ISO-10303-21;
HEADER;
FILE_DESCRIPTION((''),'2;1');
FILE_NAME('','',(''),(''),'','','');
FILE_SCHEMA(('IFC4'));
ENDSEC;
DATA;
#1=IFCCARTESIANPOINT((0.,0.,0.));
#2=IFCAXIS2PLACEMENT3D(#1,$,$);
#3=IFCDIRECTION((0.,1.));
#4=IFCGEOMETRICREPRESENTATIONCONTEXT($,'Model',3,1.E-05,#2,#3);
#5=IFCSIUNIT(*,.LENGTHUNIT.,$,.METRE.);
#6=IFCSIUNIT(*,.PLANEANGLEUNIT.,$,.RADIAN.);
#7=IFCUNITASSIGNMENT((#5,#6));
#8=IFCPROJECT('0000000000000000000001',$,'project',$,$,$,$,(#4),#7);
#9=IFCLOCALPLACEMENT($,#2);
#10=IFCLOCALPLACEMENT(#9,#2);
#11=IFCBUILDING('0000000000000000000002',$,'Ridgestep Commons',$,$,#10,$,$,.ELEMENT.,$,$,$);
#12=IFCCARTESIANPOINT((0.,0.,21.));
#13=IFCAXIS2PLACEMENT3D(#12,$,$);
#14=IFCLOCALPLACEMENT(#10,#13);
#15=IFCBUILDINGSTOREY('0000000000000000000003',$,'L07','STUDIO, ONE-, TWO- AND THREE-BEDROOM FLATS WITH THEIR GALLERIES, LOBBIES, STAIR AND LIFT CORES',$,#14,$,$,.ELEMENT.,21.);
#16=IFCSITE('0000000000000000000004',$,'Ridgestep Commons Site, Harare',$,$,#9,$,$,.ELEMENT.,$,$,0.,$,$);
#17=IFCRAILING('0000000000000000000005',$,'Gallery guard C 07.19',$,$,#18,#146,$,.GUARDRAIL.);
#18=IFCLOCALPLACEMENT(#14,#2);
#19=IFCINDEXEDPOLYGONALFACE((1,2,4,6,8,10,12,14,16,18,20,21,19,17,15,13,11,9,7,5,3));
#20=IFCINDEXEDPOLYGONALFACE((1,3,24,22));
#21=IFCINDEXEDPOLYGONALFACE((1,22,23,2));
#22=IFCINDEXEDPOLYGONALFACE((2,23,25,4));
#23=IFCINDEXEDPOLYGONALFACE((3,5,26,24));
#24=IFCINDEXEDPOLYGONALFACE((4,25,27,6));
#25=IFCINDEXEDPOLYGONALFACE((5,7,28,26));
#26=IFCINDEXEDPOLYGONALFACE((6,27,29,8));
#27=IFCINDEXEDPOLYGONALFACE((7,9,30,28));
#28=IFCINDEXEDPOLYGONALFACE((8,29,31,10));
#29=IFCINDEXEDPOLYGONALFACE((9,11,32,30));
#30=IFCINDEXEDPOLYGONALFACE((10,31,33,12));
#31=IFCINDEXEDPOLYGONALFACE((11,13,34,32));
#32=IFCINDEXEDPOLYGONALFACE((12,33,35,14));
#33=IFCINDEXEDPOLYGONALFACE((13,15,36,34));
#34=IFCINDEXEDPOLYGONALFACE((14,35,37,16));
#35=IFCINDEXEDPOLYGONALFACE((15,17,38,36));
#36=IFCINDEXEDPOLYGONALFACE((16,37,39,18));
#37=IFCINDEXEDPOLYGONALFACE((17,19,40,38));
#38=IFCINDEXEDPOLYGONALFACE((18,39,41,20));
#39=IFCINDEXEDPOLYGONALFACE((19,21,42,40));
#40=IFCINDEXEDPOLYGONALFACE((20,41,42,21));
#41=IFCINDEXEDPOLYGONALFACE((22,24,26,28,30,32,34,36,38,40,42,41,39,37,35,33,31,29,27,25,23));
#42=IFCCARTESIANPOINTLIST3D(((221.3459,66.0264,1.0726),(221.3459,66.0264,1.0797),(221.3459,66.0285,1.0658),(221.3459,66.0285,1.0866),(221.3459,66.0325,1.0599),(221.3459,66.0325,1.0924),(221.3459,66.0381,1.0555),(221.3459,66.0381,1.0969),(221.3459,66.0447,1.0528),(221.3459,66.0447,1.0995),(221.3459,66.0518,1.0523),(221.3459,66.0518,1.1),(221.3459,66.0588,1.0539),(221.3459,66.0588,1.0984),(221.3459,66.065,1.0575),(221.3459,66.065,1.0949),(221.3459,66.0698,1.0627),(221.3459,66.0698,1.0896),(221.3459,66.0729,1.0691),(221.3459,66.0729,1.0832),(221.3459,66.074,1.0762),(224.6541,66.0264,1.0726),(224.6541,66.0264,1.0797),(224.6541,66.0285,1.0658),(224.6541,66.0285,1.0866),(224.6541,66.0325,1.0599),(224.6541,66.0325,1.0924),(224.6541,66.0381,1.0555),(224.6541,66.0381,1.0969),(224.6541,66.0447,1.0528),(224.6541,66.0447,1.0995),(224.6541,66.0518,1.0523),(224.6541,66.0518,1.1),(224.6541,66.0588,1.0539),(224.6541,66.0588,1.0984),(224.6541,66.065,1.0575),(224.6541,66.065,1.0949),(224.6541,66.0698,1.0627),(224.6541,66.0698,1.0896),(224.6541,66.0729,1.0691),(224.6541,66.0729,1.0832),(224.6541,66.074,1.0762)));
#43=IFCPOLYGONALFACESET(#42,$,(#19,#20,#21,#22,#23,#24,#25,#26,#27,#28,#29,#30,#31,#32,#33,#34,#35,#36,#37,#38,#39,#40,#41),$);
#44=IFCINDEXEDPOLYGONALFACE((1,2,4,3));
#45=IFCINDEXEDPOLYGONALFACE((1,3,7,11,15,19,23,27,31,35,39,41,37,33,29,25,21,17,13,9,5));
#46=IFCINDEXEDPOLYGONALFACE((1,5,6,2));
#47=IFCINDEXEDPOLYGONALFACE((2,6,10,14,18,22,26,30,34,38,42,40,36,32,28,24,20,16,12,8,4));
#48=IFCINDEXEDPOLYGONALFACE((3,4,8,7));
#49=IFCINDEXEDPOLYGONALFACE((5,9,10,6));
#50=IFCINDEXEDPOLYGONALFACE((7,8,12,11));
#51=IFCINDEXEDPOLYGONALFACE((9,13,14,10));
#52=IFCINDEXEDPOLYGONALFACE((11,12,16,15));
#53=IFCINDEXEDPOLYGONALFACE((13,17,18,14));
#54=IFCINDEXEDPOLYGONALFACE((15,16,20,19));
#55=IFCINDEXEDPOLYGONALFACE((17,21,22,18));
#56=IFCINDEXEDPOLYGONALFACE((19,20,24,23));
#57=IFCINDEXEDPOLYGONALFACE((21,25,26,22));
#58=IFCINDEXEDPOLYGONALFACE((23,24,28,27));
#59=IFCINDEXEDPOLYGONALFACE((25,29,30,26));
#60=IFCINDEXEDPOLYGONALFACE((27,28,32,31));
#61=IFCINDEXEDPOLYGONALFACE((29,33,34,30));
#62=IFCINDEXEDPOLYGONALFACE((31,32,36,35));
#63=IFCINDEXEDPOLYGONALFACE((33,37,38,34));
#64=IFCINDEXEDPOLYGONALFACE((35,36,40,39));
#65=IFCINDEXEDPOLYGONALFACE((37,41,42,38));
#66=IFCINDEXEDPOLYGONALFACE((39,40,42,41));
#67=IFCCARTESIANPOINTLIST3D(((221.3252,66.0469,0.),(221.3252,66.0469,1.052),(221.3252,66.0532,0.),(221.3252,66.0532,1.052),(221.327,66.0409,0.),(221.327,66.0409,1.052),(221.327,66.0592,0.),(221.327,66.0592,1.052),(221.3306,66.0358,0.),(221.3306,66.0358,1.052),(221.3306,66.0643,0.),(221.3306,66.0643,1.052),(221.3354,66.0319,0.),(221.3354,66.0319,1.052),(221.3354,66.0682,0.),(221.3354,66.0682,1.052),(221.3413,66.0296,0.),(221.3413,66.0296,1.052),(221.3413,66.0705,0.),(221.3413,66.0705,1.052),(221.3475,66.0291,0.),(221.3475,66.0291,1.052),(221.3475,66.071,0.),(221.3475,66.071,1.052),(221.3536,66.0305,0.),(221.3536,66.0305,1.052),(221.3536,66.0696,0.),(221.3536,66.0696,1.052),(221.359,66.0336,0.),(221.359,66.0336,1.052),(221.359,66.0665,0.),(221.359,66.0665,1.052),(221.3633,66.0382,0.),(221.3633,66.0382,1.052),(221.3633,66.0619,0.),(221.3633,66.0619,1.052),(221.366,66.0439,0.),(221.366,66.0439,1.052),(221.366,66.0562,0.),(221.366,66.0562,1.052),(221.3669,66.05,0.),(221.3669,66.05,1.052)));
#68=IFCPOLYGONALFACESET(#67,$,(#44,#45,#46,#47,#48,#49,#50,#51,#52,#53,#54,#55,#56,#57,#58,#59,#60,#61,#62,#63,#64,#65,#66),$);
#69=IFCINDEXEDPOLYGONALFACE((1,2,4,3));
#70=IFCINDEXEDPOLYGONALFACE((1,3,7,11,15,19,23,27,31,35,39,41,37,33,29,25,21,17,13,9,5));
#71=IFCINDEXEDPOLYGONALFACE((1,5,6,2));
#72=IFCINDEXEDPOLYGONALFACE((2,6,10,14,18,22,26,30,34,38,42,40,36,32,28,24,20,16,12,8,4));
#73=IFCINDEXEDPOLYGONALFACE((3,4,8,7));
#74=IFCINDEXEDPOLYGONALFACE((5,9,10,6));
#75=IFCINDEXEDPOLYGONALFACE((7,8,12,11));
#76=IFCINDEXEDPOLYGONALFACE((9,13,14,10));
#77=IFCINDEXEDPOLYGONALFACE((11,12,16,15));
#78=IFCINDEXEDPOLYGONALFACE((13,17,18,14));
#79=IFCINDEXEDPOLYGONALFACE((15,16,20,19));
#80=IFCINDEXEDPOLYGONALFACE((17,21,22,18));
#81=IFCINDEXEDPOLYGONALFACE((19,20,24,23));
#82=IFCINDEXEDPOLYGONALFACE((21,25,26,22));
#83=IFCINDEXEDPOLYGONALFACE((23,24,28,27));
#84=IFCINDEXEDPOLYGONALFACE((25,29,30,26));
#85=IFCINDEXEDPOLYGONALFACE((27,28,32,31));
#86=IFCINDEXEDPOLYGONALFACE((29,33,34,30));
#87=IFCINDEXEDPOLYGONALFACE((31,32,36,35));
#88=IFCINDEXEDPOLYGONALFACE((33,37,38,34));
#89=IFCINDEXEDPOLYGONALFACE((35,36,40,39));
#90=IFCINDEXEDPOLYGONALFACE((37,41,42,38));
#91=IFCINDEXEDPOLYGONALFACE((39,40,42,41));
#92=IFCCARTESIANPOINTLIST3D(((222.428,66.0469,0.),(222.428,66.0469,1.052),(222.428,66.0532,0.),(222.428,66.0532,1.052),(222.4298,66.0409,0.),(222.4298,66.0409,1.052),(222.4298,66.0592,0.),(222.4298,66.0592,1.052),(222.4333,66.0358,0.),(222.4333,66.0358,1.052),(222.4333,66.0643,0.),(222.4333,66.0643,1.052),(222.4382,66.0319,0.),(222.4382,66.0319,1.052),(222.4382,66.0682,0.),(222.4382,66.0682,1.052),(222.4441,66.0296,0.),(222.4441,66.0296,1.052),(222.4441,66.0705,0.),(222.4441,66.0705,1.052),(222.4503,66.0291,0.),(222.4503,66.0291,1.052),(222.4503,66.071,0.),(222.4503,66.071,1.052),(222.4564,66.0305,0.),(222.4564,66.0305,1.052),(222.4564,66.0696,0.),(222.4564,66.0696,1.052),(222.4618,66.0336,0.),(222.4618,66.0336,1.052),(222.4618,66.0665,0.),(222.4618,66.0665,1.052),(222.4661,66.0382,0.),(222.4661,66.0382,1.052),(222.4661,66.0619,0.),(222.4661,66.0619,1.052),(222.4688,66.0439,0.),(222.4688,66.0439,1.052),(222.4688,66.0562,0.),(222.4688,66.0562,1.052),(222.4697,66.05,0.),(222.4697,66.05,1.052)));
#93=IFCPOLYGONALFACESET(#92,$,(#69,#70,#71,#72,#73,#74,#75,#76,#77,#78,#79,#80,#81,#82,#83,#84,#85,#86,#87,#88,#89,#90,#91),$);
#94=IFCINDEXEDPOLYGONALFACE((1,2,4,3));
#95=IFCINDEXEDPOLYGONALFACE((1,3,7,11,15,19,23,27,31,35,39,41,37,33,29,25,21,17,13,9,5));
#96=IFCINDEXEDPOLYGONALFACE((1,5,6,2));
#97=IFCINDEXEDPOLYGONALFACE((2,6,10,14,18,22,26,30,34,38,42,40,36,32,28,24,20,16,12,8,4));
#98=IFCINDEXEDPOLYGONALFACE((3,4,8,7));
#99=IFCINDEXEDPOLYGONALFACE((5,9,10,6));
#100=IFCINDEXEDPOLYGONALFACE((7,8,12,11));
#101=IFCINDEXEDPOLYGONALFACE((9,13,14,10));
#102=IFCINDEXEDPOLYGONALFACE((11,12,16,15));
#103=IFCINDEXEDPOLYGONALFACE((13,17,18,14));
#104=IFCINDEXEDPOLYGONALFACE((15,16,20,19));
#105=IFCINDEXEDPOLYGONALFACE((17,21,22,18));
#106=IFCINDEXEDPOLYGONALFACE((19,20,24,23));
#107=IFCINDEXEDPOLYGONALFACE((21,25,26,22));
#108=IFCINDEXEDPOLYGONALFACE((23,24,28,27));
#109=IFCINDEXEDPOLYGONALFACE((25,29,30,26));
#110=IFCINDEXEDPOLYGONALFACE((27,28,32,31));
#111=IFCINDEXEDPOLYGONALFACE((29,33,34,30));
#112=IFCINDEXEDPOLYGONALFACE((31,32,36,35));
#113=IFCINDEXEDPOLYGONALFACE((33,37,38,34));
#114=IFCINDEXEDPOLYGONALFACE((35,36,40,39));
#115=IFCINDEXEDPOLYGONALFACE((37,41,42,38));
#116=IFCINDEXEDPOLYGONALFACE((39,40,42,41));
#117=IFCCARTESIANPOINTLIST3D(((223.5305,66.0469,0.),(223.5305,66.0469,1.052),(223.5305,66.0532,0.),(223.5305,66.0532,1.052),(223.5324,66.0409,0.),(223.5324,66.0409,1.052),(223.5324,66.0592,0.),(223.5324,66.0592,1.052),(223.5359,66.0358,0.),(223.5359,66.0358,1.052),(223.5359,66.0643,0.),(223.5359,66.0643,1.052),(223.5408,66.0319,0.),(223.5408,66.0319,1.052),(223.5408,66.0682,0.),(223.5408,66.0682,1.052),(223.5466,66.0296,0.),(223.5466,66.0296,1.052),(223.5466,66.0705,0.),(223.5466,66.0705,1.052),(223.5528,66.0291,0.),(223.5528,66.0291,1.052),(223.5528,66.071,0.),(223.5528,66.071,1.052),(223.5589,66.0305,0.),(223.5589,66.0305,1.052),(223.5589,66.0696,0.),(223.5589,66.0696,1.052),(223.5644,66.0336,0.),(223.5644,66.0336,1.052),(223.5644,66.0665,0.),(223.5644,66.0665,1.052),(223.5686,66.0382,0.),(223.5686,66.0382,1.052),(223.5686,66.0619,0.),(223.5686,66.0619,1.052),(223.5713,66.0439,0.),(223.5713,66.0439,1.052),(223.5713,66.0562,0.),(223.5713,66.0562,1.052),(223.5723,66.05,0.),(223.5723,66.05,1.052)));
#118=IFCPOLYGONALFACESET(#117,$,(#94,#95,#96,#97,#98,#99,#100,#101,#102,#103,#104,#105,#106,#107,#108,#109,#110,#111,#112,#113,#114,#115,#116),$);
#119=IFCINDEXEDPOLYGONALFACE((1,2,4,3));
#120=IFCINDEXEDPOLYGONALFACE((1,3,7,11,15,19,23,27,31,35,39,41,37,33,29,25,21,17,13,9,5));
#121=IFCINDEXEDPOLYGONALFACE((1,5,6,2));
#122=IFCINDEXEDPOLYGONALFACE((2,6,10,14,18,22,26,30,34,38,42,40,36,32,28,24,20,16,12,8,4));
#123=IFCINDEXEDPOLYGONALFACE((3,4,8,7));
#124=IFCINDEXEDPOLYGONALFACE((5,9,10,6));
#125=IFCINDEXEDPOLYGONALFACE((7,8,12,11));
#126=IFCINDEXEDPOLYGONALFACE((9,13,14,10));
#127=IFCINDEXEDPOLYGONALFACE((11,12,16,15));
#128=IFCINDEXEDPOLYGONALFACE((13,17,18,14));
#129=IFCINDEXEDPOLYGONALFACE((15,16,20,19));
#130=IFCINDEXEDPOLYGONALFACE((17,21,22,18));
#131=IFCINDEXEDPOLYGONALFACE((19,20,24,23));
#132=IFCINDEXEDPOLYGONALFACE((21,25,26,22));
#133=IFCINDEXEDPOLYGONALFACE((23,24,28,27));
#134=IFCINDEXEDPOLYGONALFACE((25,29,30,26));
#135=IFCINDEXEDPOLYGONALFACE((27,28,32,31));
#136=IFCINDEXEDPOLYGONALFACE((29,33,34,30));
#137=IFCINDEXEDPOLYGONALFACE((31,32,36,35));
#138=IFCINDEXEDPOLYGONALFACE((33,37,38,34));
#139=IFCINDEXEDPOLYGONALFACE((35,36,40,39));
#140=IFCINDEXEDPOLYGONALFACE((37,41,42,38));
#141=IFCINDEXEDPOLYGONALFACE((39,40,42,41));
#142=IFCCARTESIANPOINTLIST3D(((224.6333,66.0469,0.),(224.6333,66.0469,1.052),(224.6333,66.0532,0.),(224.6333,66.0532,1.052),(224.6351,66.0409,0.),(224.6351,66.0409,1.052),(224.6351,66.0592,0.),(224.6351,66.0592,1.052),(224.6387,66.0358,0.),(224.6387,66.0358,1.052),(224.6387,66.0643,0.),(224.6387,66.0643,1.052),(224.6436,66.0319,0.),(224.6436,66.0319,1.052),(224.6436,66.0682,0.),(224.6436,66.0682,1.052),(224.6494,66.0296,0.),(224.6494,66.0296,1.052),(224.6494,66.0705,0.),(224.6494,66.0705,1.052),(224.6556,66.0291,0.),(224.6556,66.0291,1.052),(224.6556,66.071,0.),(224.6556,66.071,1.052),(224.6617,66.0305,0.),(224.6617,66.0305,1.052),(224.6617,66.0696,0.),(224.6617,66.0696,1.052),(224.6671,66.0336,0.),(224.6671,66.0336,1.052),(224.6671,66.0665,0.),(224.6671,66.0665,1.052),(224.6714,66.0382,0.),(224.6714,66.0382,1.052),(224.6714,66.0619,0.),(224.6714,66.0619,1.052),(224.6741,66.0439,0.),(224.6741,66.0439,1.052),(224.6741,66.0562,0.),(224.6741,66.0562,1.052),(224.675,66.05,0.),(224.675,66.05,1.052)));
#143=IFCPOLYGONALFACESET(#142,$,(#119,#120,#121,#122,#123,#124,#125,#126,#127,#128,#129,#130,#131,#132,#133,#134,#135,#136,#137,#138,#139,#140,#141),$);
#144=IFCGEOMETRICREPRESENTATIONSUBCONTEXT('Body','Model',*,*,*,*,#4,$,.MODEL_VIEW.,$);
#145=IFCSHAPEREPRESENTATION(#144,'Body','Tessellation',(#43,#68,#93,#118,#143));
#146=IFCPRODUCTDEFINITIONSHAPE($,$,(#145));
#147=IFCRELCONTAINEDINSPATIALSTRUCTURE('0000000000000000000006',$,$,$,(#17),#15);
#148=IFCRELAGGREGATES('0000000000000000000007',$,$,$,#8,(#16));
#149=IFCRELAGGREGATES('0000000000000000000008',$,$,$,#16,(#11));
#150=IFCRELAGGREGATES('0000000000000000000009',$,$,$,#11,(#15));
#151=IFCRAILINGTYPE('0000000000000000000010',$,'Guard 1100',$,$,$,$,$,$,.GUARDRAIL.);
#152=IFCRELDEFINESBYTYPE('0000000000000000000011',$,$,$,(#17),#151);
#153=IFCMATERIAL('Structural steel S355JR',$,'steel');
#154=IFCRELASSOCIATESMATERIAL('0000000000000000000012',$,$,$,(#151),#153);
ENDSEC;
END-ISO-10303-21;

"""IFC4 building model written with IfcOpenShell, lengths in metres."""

from ifc_helpers import new_model, si_unit, direction, frame, origin, origin_2d, place, context, subcontext, project, spatial, circle, extrude, material, type_object, element, save


model = new_model("IFC4")

# Units and contexts
model_context = context("Model", 3, precision=1e-05, world=origin(), true_north=direction((0.0, 1.0)))
body_context = subcontext(model_context, "Body", "Model", "MODEL_VIEW")
ifc_project = project(units=[si_unit("LENGTHUNIT", "METRE"), si_unit("PLANEANGLEUNIT", "RADIAN")], contexts=[model_context])

# Site, building, storey
site_placement = place(None, origin())
site = spatial("IfcSite", under=ifc_project, at=site_placement, Name="Ridgestep Commons Site, Harare", CompositionType="ELEMENT", RefElevation=0.0)
building_placement = place(site_placement, origin())
building = spatial("IfcBuilding", under=site, at=building_placement, Name="Ridgestep Commons", CompositionType="ELEMENT")
storey_placement = place(building_placement, frame((0.0, 0.0, 21.0)))
storey = spatial("IfcBuildingStorey", under=building, at=storey_placement, Name="L07", Description="STUDIO, ONE-, TWO- AND THREE-BEDROOM FLATS WITH THEIR GALLERIES, LOBBIES, STAIR AND LIFT CORES", CompositionType="ELEMENT", Elevation=21.0)

# Railing
ifc_material_1 = material(Name="Structural steel S355JR", Category="steel")
railing_type = type_object("IfcRailingType", Name="Guard 1100", PredefinedType="GUARDRAIL", material=ifc_material_1)
railing_1_placement = place(storey_placement, frame((221.3459, 66.05, 0.0)))
element("IfcRailing", 1, at=railing_1_placement, inside=storey, type_object=railing_type, Name="Gallery guard C 07.19", PredefinedType="GUARDRAIL", context=body_context, shape_type="SweptSolid", body=[
    extrude(circle(Radius=0.0239, at=origin_2d()), frame((0.0, 0.0, 1.0762), z_axis=(1.0, 0.0, 0.0), x_axis=(0.0, 1.0, 0.0)), (0.0, 0.0, 1.0), 3.3081),
    extrude(circle(Radius=0.021, at=origin_2d()), origin(), (0.0, 0.0, 1.0), 1.052),
    extrude(circle(Radius=0.021, at=origin_2d()), frame((1.1028, 0.0, 0.0)), (0.0, 0.0, 1.0), 1.052),
    extrude(circle(Radius=0.021, at=origin_2d()), frame((2.2053, 0.0, 0.0)), (0.0, 0.0, 1.0), 1.052),
    extrude(circle(Radius=0.021, at=origin_2d()), frame((3.3081, 0.0, 0.0)), (0.0, 0.0, 1.0), 1.052),
])

save(model, "model.ifc")
